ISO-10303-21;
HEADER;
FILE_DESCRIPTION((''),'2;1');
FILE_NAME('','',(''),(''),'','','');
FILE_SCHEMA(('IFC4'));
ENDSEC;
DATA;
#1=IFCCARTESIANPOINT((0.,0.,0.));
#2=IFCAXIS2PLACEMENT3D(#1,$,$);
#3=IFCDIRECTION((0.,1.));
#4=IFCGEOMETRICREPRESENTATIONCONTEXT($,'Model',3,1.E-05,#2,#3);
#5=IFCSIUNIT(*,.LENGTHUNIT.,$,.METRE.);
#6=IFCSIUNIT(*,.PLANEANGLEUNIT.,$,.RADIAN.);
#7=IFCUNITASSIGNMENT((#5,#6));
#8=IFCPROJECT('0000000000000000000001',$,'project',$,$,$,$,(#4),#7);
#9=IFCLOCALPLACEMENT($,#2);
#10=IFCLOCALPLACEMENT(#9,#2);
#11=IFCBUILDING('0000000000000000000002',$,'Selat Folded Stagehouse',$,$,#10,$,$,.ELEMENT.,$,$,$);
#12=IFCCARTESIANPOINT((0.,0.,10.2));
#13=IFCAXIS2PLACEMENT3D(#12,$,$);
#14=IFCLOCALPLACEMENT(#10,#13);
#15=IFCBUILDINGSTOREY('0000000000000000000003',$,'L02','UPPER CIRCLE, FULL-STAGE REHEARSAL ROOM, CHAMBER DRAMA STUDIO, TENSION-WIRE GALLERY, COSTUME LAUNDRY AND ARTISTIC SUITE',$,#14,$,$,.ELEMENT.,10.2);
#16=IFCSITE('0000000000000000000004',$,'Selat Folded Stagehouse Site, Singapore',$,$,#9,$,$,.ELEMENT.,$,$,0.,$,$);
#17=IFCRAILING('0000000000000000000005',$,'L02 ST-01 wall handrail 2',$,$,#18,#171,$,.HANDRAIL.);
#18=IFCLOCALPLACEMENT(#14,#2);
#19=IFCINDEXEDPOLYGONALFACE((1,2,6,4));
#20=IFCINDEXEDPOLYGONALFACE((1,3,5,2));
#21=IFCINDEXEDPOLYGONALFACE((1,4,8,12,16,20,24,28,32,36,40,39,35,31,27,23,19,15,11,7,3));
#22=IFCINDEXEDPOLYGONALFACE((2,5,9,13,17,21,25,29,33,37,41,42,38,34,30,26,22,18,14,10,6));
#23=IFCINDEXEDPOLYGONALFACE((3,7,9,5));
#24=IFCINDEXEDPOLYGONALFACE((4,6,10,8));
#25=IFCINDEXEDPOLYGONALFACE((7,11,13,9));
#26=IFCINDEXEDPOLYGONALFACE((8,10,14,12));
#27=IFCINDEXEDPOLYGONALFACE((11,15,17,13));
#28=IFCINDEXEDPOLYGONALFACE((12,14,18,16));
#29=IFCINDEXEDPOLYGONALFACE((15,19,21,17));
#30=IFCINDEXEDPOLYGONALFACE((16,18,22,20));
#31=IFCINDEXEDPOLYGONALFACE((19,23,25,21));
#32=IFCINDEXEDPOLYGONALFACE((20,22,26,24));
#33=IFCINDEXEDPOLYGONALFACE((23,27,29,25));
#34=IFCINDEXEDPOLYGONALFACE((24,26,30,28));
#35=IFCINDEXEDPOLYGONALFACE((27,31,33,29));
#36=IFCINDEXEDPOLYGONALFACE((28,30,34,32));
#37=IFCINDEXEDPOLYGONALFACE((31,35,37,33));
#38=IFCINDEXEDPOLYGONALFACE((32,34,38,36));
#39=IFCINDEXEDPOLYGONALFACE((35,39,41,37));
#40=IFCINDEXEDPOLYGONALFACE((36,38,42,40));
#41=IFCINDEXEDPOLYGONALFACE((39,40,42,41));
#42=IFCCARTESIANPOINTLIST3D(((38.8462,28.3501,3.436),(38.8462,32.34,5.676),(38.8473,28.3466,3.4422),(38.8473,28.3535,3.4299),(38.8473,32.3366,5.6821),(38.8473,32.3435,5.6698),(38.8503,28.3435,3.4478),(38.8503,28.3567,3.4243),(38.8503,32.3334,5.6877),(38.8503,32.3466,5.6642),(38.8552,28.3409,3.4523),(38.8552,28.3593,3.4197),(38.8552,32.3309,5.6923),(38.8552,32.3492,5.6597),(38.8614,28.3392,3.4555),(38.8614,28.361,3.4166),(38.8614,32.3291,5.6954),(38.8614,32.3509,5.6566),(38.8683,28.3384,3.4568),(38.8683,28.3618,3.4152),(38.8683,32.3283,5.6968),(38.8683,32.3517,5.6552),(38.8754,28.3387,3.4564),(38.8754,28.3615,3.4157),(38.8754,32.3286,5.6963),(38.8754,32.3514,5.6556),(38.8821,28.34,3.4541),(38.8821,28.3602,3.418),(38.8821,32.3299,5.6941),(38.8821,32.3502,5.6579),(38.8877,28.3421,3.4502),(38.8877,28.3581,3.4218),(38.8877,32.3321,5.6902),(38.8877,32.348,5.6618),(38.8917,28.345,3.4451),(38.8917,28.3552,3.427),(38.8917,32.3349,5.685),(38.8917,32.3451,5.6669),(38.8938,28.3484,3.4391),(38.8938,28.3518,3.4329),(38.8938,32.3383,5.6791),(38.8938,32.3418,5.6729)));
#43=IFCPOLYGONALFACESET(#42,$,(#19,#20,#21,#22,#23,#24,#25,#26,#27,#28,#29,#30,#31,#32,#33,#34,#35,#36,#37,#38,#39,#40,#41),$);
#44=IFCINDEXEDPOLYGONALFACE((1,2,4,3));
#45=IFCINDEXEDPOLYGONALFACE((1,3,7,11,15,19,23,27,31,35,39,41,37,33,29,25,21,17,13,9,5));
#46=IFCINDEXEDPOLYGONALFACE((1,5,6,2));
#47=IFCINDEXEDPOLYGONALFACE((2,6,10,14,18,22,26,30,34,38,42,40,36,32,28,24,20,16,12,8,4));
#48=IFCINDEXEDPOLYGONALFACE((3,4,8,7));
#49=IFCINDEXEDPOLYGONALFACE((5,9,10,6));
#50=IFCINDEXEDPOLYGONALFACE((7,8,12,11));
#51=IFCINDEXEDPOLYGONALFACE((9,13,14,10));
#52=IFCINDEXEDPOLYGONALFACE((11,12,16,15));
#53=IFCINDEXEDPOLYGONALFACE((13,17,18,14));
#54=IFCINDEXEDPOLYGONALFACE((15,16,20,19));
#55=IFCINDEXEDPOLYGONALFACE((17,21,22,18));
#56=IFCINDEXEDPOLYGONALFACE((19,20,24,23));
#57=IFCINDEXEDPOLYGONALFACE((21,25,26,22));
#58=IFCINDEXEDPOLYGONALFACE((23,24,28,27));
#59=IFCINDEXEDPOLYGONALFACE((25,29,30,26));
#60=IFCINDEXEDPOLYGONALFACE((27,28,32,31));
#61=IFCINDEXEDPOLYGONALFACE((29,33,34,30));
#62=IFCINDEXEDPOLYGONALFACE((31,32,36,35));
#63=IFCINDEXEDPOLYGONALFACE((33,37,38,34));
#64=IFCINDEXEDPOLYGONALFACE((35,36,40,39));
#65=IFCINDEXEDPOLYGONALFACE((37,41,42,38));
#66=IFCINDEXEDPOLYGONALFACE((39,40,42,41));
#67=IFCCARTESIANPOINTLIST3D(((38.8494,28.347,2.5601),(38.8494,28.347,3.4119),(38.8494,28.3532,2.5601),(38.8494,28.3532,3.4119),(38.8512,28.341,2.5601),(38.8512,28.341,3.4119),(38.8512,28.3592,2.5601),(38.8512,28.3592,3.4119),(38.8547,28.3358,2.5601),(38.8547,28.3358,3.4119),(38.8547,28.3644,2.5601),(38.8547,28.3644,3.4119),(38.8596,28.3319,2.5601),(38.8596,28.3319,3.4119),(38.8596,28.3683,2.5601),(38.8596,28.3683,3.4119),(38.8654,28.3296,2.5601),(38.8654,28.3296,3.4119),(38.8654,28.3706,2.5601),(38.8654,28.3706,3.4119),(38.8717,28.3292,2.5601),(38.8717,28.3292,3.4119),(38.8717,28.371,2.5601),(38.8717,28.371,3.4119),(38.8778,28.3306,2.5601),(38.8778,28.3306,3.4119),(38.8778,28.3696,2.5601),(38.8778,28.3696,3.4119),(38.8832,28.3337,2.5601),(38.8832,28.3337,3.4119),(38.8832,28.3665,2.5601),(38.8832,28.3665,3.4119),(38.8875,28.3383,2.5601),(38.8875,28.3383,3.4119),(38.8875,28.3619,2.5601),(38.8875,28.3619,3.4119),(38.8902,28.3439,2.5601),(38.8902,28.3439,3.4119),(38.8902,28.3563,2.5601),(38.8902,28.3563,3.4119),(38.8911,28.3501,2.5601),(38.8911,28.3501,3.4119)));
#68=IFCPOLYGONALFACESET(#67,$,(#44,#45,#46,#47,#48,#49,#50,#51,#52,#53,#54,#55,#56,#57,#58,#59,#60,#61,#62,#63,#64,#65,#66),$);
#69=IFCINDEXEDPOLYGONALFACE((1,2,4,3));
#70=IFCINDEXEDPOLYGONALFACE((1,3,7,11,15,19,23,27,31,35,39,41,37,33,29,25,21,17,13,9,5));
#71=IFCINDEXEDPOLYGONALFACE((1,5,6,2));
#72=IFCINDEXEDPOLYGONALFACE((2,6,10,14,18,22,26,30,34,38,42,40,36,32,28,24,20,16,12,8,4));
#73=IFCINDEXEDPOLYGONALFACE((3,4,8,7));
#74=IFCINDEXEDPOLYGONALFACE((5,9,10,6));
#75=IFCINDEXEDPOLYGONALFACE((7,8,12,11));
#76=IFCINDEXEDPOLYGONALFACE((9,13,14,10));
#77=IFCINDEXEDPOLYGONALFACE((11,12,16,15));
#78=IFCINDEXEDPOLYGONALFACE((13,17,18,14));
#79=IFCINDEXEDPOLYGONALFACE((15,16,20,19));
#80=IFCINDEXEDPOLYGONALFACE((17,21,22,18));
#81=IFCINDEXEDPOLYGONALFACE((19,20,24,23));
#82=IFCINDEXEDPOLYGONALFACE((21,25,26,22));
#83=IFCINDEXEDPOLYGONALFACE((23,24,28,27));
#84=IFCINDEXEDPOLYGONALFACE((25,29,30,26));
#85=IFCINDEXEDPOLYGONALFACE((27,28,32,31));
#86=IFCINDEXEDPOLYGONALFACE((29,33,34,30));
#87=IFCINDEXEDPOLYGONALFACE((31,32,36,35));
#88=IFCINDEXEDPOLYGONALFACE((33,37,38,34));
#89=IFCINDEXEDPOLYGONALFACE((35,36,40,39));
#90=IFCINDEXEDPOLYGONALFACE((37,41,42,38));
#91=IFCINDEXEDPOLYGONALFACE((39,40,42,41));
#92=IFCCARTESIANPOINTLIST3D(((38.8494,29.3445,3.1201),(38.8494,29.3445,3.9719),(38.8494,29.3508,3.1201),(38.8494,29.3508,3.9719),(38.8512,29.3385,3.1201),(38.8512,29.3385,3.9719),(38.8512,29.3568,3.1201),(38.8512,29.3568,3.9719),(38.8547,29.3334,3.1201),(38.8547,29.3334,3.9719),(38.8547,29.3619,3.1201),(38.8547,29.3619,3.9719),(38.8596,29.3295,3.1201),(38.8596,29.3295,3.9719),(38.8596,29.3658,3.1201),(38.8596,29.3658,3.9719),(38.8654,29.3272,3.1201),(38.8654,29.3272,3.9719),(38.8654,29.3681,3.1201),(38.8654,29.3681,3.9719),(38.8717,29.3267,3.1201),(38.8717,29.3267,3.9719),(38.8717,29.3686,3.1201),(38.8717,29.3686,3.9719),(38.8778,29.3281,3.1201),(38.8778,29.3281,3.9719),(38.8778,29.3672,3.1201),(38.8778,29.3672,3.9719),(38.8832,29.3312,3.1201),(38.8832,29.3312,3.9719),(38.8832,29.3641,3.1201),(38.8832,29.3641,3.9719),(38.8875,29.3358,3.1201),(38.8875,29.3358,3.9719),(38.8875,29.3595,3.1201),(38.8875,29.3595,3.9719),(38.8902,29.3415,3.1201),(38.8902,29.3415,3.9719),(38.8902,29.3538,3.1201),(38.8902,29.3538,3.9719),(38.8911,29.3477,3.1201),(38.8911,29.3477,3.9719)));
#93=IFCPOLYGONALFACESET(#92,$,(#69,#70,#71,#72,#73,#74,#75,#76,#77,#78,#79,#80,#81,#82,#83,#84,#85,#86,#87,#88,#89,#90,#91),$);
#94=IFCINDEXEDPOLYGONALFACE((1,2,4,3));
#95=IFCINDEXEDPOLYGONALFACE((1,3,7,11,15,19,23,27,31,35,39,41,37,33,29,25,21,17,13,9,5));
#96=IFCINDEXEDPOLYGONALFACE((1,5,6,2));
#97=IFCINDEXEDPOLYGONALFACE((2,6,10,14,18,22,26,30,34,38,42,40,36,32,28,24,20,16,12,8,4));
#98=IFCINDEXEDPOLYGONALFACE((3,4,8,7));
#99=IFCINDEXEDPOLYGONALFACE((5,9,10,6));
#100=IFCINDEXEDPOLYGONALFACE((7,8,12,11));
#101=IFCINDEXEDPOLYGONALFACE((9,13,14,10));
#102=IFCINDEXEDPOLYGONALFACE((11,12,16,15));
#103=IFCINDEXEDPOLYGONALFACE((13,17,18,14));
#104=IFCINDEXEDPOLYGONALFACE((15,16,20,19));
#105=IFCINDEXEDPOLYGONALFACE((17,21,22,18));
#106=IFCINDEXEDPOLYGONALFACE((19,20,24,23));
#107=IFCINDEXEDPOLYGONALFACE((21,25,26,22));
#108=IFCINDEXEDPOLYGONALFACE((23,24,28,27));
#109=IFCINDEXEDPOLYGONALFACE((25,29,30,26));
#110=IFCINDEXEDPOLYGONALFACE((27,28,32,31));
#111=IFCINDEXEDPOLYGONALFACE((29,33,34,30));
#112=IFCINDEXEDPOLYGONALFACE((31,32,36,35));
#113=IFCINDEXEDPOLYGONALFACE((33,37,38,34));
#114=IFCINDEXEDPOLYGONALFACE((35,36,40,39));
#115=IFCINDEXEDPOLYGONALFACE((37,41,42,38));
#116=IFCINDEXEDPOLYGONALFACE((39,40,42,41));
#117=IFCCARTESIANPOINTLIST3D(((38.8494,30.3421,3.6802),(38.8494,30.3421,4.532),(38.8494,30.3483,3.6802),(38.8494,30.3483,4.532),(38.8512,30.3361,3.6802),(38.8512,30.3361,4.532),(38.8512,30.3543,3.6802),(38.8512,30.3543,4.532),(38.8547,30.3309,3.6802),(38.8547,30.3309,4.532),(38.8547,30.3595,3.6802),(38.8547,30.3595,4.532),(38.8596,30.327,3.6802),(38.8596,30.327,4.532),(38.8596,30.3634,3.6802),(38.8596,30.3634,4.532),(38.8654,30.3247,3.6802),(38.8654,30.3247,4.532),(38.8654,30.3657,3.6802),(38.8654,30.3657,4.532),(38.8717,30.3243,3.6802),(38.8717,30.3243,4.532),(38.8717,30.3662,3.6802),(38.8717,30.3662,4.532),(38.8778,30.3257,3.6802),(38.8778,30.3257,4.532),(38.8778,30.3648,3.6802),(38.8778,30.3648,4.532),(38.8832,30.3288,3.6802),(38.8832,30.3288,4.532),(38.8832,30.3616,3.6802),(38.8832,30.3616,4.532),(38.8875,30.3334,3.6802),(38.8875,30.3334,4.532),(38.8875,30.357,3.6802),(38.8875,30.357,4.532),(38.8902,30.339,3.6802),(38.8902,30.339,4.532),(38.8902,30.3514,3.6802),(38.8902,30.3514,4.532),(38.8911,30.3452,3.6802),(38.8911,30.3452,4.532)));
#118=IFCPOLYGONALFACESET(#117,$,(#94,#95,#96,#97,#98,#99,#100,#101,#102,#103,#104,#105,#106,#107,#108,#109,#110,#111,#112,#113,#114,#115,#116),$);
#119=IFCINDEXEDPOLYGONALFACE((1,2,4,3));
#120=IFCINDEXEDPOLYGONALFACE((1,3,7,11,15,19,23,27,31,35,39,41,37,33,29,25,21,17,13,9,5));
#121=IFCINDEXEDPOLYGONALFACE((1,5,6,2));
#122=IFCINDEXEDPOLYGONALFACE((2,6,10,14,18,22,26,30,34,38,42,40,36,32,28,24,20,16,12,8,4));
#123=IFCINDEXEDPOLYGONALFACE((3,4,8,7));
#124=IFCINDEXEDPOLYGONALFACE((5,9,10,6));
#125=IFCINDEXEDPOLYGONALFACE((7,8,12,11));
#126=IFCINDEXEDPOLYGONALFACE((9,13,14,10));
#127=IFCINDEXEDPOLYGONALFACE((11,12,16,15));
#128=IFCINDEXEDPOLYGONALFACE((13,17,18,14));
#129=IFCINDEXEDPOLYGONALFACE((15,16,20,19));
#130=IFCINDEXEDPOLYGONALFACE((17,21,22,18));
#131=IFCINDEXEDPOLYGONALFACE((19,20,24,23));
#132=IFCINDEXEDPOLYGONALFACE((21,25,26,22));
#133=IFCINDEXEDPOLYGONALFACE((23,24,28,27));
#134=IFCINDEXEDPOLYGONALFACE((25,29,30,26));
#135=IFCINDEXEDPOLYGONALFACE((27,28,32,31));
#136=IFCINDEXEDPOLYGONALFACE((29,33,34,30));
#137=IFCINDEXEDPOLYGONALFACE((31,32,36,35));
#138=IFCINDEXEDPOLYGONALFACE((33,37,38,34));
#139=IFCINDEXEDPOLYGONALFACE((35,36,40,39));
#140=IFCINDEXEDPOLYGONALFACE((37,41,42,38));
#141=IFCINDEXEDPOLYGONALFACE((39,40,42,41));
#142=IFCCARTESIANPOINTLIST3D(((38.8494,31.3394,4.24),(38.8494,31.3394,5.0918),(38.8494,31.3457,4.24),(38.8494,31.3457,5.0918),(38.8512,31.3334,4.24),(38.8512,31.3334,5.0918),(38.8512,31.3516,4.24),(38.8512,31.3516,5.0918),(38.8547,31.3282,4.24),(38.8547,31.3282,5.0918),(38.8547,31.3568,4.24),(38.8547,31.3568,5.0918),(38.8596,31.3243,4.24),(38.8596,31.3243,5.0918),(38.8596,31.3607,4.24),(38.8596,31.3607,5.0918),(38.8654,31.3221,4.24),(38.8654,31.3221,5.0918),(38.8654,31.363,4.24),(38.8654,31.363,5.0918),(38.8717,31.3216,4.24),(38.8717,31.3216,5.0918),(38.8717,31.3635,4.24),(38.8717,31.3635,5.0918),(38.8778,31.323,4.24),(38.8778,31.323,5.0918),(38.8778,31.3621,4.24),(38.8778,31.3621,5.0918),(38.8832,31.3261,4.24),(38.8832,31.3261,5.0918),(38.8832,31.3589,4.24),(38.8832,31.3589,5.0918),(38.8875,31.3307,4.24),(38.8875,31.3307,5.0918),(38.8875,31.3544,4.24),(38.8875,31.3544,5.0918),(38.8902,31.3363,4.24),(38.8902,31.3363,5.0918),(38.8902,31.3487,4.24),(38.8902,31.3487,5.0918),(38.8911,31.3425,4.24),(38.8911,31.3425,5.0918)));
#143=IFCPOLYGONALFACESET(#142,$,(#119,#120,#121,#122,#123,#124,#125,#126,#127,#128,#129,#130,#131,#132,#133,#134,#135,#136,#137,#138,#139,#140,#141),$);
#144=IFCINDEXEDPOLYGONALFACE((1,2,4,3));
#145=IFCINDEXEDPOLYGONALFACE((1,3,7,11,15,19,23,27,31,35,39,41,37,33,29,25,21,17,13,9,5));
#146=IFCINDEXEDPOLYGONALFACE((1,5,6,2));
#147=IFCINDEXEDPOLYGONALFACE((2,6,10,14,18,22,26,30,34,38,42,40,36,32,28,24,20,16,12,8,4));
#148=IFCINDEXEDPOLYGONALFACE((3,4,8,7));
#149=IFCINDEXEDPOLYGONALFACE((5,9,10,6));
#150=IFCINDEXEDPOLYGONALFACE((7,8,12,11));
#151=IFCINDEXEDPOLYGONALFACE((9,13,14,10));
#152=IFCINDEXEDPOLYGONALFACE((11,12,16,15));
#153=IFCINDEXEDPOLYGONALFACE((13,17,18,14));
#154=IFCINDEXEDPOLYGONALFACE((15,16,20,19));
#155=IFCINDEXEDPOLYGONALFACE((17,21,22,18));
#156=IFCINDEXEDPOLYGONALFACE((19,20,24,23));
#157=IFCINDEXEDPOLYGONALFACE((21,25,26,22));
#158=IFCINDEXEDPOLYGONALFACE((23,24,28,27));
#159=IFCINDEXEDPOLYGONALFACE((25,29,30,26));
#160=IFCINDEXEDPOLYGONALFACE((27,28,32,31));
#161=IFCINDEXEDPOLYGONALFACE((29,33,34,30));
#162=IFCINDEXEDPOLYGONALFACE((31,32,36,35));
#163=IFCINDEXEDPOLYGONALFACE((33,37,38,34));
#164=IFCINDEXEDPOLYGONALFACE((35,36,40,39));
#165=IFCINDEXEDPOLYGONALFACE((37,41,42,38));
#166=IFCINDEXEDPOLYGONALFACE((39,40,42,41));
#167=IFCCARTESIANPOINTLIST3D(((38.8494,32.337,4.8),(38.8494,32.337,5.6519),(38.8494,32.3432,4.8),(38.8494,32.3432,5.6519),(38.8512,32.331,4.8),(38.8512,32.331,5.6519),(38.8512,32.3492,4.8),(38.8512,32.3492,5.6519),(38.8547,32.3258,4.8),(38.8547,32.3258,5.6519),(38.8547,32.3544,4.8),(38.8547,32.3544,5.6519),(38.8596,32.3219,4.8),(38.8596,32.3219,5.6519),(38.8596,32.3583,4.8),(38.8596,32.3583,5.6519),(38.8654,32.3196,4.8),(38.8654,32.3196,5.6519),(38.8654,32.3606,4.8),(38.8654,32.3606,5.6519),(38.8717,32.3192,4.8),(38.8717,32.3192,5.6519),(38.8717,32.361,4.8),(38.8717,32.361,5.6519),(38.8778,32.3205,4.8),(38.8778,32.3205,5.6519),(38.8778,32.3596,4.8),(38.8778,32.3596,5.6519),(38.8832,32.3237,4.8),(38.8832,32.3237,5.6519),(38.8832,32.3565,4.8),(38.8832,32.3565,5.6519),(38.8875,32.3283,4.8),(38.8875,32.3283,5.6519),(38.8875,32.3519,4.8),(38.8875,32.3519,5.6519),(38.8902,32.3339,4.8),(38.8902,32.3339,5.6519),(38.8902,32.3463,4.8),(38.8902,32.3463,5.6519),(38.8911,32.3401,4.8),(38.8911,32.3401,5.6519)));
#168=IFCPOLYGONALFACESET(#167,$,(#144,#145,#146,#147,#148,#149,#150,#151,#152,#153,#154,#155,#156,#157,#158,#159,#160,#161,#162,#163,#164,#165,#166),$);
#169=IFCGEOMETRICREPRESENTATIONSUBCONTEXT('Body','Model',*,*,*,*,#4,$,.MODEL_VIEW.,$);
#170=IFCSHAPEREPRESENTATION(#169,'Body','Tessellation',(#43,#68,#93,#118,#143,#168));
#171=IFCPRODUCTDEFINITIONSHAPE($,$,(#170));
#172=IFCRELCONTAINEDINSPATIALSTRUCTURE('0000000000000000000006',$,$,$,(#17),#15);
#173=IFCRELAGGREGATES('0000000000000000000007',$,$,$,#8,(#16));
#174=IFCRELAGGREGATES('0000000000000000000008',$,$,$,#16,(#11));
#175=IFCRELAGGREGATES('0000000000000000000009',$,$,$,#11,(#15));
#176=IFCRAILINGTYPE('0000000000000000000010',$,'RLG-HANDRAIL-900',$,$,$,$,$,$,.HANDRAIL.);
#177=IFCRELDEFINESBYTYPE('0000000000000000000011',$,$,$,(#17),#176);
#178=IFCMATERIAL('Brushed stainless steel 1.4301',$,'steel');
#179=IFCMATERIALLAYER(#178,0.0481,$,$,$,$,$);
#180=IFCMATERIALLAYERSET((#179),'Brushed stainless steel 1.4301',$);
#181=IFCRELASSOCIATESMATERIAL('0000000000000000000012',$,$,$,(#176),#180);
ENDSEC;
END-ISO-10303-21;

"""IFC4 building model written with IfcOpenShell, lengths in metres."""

from ifc_helpers import new_model, si_unit, direction, frame, origin, origin_2d, place, context, subcontext, project, spatial, circle, extrude, material, layer, layer_set, type_object, element, save


model = new_model("IFC4")

# Units and contexts
model_context = context("Model", 3, precision=1e-05, world=origin(), true_north=direction((0.0, 1.0)))
body_context = subcontext(model_context, "Body", "Model", "MODEL_VIEW")
ifc_project = project(units=[si_unit("LENGTHUNIT", "METRE"), si_unit("PLANEANGLEUNIT", "RADIAN")], contexts=[model_context])

# Site, building, storey
site_placement = place(None, origin())
site = spatial("IfcSite", under=ifc_project, at=site_placement, Name="Selat Folded Stagehouse Site, Singapore", CompositionType="ELEMENT", RefElevation=0.0)
building_placement = place(site_placement, origin())
building = spatial("IfcBuilding", under=site, at=building_placement, Name="Selat Folded Stagehouse", CompositionType="ELEMENT")
storey_placement = place(building_placement, frame((0.0, 0.0, 10.2)))
storey = spatial("IfcBuildingStorey", under=building, at=storey_placement, Name="L02", Description="UPPER CIRCLE, FULL-STAGE REHEARSAL ROOM, CHAMBER DRAMA STUDIO, TENSION-WIRE GALLERY, COSTUME LAUNDRY AND ARTISTIC SUITE", CompositionType="ELEMENT", Elevation=10.2)

# Railing
ifc_material_1 = material(Name="Brushed stainless steel 1.4301", Category="steel")
ifc_layer_1 = layer(ifc_material_1, 0.0481)
ifc_layer_set_1 = layer_set([ifc_layer_1], Name="Brushed stainless steel 1.4301")
railing_type_1 = type_object("IfcRailingType", Name="RLG-HANDRAIL-900", PredefinedType="HANDRAIL", material=ifc_layer_set_1)
railing_1_placement = place(storey_placement, frame((38.8701, 28.3501, 2.5601)))
element("IfcRailing", 1, at=railing_1_placement, inside=storey, type_object=railing_type_1, Name="L02 ST-01 wall handrail 2", PredefinedType="HANDRAIL", context=body_context, shape_type="SweptSolid", body=[
    extrude(circle(Radius=0.0239, at=origin_2d()), frame((0.0, 0.0, 0.876), z_axis=(0.0, 0.871984, 0.489534), x_axis=(-1.0, 0.0, 0.0)), (0.0, 0.0, 1.0), 4.5757),
    extrude(circle(Radius=0.021, at=origin_2d()), origin(), (0.0, 0.0, 1.0), 0.8518),
    extrude(circle(Radius=0.021, at=origin_2d()), frame((0.0, 0.9976, 0.5601)), (0.0, 0.0, 1.0), 0.8518),
    extrude(circle(Radius=0.021, at=origin_2d()), frame((0.0, 1.9951, 1.1201)), (0.0, 0.0, 1.0), 0.8518),
    extrude(circle(Radius=0.021, at=origin_2d()), frame((0.0, 2.9924, 1.6799)), (0.0, 0.0, 1.0), 0.8518),
    extrude(circle(Radius=0.021, at=origin_2d()), frame((0.0, 3.99, 2.24)), (0.0, 0.0, 1.0), 0.8518),
])

save(model, "model.ifc")
